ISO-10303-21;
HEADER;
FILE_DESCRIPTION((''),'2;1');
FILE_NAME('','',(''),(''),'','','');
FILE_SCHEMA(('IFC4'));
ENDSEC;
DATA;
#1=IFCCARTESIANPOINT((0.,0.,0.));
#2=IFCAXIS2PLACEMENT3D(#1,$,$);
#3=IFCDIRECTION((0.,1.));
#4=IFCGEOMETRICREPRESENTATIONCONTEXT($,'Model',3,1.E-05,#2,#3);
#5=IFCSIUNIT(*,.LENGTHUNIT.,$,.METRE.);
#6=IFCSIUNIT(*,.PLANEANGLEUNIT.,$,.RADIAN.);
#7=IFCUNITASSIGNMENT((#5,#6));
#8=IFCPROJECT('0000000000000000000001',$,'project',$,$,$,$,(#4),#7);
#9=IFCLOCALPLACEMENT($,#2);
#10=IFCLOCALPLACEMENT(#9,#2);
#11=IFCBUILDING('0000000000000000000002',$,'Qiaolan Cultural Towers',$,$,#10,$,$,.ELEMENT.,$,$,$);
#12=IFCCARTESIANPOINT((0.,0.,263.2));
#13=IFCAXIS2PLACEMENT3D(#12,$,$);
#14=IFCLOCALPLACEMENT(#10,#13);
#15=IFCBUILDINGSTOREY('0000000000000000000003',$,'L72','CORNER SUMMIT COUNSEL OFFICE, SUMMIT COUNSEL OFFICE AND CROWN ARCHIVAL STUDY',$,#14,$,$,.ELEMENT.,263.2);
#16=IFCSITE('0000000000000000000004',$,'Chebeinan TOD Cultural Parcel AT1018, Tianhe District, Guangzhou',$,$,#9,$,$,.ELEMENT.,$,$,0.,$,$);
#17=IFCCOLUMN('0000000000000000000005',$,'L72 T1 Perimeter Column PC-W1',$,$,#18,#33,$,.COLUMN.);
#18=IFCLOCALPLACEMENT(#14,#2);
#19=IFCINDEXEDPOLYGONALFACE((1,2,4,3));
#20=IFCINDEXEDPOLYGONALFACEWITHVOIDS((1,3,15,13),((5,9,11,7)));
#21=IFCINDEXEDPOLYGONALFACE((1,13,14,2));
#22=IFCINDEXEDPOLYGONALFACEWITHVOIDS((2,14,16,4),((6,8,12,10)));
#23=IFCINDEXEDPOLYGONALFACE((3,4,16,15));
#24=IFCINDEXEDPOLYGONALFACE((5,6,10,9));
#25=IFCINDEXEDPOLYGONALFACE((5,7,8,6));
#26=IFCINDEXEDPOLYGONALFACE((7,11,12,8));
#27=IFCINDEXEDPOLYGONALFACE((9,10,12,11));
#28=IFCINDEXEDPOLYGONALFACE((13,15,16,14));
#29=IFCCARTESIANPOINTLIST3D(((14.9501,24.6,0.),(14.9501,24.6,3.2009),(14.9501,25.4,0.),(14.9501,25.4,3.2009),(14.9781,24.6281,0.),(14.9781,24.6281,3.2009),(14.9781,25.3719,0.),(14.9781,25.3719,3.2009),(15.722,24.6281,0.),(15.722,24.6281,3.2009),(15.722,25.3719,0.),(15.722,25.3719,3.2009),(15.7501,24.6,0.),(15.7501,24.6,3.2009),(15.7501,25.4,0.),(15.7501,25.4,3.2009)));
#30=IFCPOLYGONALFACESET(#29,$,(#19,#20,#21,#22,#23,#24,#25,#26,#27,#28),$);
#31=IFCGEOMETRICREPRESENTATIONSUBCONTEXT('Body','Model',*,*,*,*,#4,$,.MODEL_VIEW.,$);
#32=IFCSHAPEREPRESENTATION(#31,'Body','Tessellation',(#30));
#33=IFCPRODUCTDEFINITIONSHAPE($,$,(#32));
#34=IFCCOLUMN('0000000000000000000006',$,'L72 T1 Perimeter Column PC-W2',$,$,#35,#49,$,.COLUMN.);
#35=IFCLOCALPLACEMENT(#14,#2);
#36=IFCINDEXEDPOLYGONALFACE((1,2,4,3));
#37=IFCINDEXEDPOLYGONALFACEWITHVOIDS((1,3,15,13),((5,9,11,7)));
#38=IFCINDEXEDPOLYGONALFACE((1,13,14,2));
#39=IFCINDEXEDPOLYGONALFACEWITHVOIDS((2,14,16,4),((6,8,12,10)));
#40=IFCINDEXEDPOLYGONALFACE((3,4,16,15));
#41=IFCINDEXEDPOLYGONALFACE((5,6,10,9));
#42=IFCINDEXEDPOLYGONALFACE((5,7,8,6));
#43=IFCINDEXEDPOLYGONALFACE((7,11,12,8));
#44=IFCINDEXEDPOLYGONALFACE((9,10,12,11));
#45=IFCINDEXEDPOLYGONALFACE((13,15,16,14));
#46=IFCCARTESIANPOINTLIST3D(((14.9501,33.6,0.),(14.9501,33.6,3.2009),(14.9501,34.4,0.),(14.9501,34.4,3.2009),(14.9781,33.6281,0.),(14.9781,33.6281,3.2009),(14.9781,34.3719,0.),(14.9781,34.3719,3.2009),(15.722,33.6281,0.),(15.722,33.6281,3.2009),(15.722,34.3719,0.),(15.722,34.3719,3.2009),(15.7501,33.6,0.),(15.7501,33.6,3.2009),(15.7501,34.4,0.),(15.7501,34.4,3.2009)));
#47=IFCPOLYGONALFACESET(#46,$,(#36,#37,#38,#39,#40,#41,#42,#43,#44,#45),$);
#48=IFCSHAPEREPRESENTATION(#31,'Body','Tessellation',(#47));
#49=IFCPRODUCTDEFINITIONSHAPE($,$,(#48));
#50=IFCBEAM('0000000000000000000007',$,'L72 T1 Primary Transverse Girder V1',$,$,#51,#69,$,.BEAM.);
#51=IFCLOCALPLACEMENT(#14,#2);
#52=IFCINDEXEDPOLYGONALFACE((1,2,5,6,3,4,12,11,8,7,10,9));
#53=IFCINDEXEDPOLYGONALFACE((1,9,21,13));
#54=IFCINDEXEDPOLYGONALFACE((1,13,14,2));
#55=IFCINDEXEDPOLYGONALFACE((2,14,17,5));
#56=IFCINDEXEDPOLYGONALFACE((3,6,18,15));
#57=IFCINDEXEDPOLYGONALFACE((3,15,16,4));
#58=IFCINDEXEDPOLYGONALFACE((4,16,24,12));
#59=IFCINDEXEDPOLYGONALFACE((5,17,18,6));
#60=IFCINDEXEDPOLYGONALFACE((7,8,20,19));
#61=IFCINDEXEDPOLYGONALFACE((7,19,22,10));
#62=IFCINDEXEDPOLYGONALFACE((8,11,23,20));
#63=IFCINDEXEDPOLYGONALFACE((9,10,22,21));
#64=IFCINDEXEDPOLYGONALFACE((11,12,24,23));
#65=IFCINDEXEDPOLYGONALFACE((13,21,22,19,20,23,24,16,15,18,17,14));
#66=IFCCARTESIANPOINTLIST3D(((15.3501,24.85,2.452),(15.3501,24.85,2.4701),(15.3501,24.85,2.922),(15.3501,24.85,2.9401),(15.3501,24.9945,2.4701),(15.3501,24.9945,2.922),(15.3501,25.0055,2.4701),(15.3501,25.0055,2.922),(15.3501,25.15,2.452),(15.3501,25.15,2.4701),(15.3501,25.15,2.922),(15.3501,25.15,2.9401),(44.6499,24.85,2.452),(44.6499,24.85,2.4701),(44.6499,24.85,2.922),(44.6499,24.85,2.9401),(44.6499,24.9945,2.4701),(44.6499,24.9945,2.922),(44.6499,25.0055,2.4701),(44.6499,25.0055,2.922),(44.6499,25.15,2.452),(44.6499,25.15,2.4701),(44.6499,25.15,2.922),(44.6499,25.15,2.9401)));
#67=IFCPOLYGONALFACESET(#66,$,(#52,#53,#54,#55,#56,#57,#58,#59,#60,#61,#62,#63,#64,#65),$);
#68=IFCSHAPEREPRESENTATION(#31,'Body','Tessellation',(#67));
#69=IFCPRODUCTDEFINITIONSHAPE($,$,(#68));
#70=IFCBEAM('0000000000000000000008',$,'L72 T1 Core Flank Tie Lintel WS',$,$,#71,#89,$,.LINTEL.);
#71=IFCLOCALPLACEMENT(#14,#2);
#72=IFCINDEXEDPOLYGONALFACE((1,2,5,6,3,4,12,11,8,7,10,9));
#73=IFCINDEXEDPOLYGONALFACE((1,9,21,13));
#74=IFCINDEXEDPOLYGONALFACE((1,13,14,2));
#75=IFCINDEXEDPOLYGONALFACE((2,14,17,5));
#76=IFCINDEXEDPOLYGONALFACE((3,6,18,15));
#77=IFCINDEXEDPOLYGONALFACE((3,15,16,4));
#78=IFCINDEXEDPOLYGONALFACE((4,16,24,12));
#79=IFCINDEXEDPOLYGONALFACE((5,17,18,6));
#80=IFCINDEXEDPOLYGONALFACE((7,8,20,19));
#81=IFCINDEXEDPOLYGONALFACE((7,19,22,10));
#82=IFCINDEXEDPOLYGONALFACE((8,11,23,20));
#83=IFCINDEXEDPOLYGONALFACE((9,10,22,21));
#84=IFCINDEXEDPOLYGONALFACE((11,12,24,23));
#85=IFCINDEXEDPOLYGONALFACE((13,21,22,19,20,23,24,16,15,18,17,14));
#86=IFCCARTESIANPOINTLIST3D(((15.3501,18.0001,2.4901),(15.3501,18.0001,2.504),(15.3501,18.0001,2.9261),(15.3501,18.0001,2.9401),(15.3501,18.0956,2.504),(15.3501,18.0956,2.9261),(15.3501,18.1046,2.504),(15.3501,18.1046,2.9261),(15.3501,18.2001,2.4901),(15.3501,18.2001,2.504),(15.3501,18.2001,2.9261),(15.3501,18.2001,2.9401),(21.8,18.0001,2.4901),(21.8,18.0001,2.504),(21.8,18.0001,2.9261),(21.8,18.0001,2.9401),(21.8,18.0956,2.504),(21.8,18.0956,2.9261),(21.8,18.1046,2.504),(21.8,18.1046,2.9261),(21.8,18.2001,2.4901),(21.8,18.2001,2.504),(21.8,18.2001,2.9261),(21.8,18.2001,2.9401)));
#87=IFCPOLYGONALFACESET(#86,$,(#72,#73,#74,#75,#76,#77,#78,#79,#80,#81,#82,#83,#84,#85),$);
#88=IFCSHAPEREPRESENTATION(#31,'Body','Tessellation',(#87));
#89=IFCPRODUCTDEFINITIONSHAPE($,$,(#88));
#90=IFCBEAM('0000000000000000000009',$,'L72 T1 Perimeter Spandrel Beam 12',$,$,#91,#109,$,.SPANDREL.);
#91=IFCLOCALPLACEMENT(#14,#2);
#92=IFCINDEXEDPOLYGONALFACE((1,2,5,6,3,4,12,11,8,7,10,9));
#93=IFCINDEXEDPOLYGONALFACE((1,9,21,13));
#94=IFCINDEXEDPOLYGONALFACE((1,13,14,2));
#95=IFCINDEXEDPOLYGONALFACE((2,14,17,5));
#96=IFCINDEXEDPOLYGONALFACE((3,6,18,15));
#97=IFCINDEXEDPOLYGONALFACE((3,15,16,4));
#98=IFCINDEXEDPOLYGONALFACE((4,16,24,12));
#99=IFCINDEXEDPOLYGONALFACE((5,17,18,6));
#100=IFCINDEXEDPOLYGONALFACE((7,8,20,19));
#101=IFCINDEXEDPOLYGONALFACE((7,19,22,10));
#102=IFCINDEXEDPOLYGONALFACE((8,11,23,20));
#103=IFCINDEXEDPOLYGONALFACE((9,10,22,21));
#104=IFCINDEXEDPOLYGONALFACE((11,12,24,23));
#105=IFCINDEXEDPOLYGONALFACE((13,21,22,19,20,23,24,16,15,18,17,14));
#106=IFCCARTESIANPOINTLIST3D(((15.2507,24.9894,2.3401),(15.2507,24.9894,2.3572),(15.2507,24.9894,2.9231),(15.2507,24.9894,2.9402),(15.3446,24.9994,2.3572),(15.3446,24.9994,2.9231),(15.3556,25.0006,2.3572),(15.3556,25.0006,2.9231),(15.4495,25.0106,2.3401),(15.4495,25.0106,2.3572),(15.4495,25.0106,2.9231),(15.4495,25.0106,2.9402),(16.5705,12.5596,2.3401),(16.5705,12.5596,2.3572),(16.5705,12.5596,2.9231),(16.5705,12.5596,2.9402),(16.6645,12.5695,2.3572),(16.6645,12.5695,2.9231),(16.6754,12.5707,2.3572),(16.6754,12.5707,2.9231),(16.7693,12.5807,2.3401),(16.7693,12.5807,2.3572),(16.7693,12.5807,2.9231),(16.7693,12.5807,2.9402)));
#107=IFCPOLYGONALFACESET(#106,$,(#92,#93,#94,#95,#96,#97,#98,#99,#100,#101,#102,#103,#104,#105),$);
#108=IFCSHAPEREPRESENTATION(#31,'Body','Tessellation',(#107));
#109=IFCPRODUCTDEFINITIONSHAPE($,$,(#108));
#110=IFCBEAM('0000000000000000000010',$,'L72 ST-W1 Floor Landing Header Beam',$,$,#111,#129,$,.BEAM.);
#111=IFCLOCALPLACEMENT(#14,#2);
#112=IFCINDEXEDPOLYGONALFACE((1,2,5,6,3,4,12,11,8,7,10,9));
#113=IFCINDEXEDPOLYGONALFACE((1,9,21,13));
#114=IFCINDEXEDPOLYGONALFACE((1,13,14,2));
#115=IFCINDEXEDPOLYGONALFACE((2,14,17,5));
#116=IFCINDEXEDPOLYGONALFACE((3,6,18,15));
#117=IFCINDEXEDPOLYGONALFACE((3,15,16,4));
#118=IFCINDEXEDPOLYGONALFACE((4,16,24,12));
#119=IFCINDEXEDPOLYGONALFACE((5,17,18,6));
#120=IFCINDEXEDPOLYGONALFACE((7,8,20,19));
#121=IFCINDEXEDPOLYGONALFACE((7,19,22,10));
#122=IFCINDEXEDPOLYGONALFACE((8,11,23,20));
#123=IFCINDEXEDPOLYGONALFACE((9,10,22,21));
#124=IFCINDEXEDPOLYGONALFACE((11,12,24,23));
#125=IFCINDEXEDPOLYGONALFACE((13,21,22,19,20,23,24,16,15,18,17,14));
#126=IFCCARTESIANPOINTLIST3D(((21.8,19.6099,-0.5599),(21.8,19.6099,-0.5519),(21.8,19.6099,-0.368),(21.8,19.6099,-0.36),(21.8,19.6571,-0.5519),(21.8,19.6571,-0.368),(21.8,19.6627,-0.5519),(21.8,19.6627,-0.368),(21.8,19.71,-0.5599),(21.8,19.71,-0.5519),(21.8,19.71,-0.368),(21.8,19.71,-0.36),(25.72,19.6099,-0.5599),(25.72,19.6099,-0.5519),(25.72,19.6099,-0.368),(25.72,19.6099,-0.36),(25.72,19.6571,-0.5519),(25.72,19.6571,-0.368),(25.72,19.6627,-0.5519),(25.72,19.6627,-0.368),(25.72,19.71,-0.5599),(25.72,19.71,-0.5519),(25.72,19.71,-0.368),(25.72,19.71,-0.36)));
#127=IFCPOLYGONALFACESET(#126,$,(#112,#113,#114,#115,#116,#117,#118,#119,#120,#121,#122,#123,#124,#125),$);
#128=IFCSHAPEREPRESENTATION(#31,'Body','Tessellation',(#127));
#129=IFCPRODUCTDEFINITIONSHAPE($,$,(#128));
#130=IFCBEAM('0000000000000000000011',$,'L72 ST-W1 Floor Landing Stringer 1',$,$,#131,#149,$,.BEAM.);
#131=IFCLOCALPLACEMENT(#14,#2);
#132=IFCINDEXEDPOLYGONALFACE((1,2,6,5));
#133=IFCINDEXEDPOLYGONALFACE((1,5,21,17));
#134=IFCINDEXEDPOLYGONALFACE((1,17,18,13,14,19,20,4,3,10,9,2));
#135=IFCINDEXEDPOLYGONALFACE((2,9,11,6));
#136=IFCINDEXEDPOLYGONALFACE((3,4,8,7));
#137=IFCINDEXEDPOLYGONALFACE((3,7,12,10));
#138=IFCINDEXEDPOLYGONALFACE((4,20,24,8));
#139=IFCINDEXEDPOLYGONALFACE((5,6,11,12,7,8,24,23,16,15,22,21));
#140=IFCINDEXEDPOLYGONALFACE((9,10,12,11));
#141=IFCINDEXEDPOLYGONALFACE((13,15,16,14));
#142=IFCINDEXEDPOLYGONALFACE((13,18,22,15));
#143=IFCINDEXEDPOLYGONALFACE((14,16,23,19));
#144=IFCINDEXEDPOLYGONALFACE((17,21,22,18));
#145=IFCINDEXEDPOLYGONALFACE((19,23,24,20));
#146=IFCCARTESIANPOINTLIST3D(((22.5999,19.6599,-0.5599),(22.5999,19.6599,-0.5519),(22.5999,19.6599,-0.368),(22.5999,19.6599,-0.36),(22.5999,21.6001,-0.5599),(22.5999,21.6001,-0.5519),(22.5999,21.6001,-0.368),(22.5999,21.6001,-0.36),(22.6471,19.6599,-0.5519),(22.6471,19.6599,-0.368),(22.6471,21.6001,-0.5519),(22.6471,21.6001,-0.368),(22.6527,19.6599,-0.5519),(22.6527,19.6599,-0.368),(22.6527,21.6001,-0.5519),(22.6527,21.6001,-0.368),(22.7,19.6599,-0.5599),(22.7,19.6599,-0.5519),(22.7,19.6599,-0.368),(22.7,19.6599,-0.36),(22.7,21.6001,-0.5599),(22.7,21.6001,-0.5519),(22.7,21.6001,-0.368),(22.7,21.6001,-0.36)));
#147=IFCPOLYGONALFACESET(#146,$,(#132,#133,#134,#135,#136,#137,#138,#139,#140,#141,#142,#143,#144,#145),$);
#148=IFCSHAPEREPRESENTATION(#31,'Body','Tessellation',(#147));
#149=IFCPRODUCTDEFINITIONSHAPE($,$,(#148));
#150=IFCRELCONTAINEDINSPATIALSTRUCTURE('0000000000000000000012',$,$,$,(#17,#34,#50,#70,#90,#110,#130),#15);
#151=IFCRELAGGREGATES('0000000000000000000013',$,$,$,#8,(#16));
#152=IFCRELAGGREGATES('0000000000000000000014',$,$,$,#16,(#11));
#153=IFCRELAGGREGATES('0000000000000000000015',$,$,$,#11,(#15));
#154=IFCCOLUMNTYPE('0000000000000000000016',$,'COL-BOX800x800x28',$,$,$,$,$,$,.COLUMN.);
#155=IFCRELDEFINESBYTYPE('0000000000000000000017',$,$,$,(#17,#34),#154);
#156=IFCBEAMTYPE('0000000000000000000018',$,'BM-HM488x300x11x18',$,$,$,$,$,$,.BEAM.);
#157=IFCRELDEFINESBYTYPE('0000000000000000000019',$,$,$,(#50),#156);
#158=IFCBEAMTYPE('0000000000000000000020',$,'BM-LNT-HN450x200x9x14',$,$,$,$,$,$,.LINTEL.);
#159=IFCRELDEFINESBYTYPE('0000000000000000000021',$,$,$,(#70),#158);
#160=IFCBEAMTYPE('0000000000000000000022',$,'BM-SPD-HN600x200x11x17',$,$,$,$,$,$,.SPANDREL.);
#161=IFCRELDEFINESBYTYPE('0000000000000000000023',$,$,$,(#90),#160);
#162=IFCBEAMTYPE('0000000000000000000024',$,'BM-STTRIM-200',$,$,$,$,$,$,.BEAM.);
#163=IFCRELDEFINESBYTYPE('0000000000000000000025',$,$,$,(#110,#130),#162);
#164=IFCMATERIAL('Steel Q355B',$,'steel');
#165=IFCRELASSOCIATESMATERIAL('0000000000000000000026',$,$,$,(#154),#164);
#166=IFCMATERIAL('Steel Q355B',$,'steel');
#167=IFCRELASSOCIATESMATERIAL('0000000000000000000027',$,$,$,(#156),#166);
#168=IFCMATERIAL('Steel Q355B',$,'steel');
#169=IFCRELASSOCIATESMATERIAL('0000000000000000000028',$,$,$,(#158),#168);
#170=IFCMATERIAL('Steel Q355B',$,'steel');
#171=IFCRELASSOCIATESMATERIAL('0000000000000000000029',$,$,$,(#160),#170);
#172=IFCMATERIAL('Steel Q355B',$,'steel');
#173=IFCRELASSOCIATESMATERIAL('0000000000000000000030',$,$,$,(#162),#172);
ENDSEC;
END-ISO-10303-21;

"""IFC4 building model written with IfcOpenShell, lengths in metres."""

from ifc_helpers import new_model, si_unit, direction, frame, origin, origin_2d, place, context, subcontext, project, spatial, hollow_rectangle, i_section, extrude, material, material_profile, profile_set, type_object, element, save


model = new_model("IFC4")

# Units and contexts
model_context = context("Model", 3, precision=1e-05, world=origin(), true_north=direction((0.0, 1.0)))
body_context = subcontext(model_context, "Body", "Model", "MODEL_VIEW")
ifc_project = project(units=[si_unit("LENGTHUNIT", "METRE"), si_unit("PLANEANGLEUNIT", "RADIAN")], contexts=[model_context])

# Site, building, storey
site_placement = place(None, origin())
site = spatial("IfcSite", under=ifc_project, at=site_placement, Name="Chebeinan TOD Cultural Parcel AT1018, Tianhe District, Guangzhou", CompositionType="ELEMENT", RefElevation=0.0)
building_placement = place(site_placement, origin())
building = spatial("IfcBuilding", under=site, at=building_placement, Name="Qiaolan Cultural Towers", CompositionType="ELEMENT")
storey_placement = place(building_placement, frame((0.0, 0.0, 263.2)))
storey = spatial("IfcBuildingStorey", under=building, at=storey_placement, Name="L72", Description="CORNER SUMMIT COUNSEL OFFICE, SUMMIT COUNSEL OFFICE AND CROWN ARCHIVAL STUDY", CompositionType="ELEMENT", Elevation=263.2)

# Columns
ifc_material_1 = material(Name="Steel Q355B", Category="steel")
ifc_material_profile_1 = material_profile(ifc_material_1, hollow_rectangle(XDim=0.8, YDim=0.8, WallThickness=0.0281, at=origin_2d()), Name="BOX800x800x28")
ifc_profile_set_1 = profile_set([ifc_material_profile_1], Name="Steel Q355B")
column_type = type_object("IfcColumnType", Name="COL-BOX800x800x28", PredefinedType="COLUMN", material=ifc_profile_set_1)
for number, where, z_axis, x_axis, name in (
    (1, (15.3501, 25.0, 0.0), (0.0, 0.0, 1.0), (1.0, 0.0, 0.0), "L72 T1 Perimeter Column PC-W1"),
    (2, (15.3501, 34.0, 0.0), (0.0, 0.0, 1.0), (1.0, 0.0, 0.0), "L72 T1 Perimeter Column PC-W2"),
):
    element("IfcColumn", number, at=place(storey_placement, frame(where, z_axis=z_axis, x_axis=x_axis)), inside=storey, type_object=column_type, Name=name, PredefinedType="COLUMN", context=body_context, shape_type="SweptSolid", body=[
        extrude(hollow_rectangle(XDim=0.8, YDim=0.8, WallThickness=0.0281, at=origin_2d()), origin(), (0.0, 0.0, 1.0), 3.2009),
    ])

# Beams
ifc_material_2 = material(Name="Steel Q355B", Category="steel")
ifc_material_profile_2 = material_profile(ifc_material_2, i_section(OverallWidth=0.3, OverallDepth=0.488, WebThickness=0.011, FlangeThickness=0.0181, at=origin_2d()), Name="HM488x300x11x18")
ifc_profile_set_2 = profile_set([ifc_material_profile_2], Name="Steel Q355B")
beam_type_1 = type_object("IfcBeamType", Name="BM-HM488x300x11x18", PredefinedType="BEAM", material=ifc_profile_set_2)
beam_1_placement = place(storey_placement, frame((15.3501, 25.0, 2.696), z_axis=(1.0, 0.0, 0.0), x_axis=(0.0, 1.0, 0.0)))
element("IfcBeam", 3, at=beam_1_placement, inside=storey, type_object=beam_type_1, Name="L72 T1 Primary Transverse Girder V1", PredefinedType="BEAM", context=body_context, shape_type="SweptSolid", body=[
    extrude(i_section(OverallWidth=0.3, OverallDepth=0.488, WebThickness=0.011, FlangeThickness=0.0181, at=origin_2d()), origin(), (0.0, 0.0, 1.0), 29.2998),
])
ifc_material_3 = material(Name="Steel Q355B", Category="steel")
ifc_material_profile_3 = material_profile(ifc_material_3, i_section(OverallWidth=0.2, OverallDepth=0.45, WebThickness=0.009, FlangeThickness=0.0139, at=origin_2d()), Name="HN450x200x9x14")
ifc_profile_set_3 = profile_set([ifc_material_profile_3], Name="Steel Q355B")
beam_type_2 = type_object("IfcBeamType", Name="BM-LNT-HN450x200x9x14", PredefinedType="LINTEL", material=ifc_profile_set_3)
beam_2_placement = place(storey_placement, frame((21.8, 18.1001, 2.7151), z_axis=(-1.0, 0.0, 0.0), x_axis=(0.0, -1.0, 0.0)))
element("IfcBeam", 4, at=beam_2_placement, inside=storey, type_object=beam_type_2, Name="L72 T1 Core Flank Tie Lintel WS", PredefinedType="LINTEL", context=body_context, shape_type="SweptSolid", body=[
    extrude(i_section(OverallWidth=0.2, OverallDepth=0.45, WebThickness=0.009, FlangeThickness=0.0139, at=origin_2d()), origin(), (0.0, 0.0, 1.0), 6.45),
])
ifc_material_4 = material(Name="Steel Q355B", Category="steel")
ifc_material_profile_4 = material_profile(ifc_material_4, i_section(OverallWidth=0.2, OverallDepth=0.6001, WebThickness=0.011, FlangeThickness=0.0171, at=origin_2d()), Name="HN600x200x11x17")
ifc_profile_set_4 = profile_set([ifc_material_profile_4], Name="Steel Q355B")
beam_type_3 = type_object("IfcBeamType", Name="BM-SPD-HN600x200x11x17", PredefinedType="SPANDREL", material=ifc_profile_set_4)
beam_3_placement = place(storey_placement, frame((15.3501, 25.0, 2.6401), z_axis=(0.105588, -0.99441, 0.0), x_axis=(0.99441, 0.105588, 0.0)))
element("IfcBeam", 5, at=beam_3_placement, inside=storey, type_object=beam_type_3, Name="L72 T1 Perimeter Spandrel Beam 12", PredefinedType="SPANDREL", context=body_context, shape_type="SweptSolid", body=[
    extrude(i_section(OverallWidth=0.2, OverallDepth=0.6001, WebThickness=0.011, FlangeThickness=0.0171, at=origin_2d()), origin(), (0.0, 0.0, 1.0), 12.4998),
])
ifc_material_5 = material(Name="Steel Q355B", Category="steel")
ifc_material_profile_5 = material_profile(ifc_material_5, i_section(OverallWidth=0.1001, OverallDepth=0.2, WebThickness=0.0056, FlangeThickness=0.0081, at=origin_2d()), Name="HN200x100x5.5x8")
ifc_profile_set_5 = profile_set([ifc_material_profile_5], Name="Steel Q355B")
beam_type_4 = type_object("IfcBeamType", Name="BM-STTRIM-200", PredefinedType="BEAM", material=ifc_profile_set_5)
beam_4_placement = place(storey_placement, frame((21.8, 19.6599, -0.46), z_axis=(1.0, 0.0, 0.0), x_axis=(0.0, 1.0, 0.0)))
element("IfcBeam", 6, at=beam_4_placement, inside=storey, type_object=beam_type_4, Name="L72 ST-W1 Floor Landing Header Beam", PredefinedType="BEAM", context=body_context, shape_type="SweptSolid", body=[
    extrude(i_section(OverallWidth=0.1001, OverallDepth=0.2, WebThickness=0.0056, FlangeThickness=0.0081, at=origin_2d()), origin(), (0.0, 0.0, 1.0), 3.9199),
])
beam_5_placement = place(storey_placement, frame((22.6499, 21.6001, -0.46), z_axis=(0.0, -1.0, 0.0), x_axis=(1.0, 0.0, 0.0)))
element("IfcBeam", 7, at=beam_5_placement, inside=storey, type_object=beam_type_4, Name="L72 ST-W1 Floor Landing Stringer 1", PredefinedType="BEAM", context=body_context, shape_type="SweptSolid", body=[
    extrude(i_section(OverallWidth=0.1001, OverallDepth=0.2, WebThickness=0.0056, FlangeThickness=0.0081, at=origin_2d()), origin(), (0.0, 0.0, 1.0), 1.9402),
])

save(model, "model.ifc")
